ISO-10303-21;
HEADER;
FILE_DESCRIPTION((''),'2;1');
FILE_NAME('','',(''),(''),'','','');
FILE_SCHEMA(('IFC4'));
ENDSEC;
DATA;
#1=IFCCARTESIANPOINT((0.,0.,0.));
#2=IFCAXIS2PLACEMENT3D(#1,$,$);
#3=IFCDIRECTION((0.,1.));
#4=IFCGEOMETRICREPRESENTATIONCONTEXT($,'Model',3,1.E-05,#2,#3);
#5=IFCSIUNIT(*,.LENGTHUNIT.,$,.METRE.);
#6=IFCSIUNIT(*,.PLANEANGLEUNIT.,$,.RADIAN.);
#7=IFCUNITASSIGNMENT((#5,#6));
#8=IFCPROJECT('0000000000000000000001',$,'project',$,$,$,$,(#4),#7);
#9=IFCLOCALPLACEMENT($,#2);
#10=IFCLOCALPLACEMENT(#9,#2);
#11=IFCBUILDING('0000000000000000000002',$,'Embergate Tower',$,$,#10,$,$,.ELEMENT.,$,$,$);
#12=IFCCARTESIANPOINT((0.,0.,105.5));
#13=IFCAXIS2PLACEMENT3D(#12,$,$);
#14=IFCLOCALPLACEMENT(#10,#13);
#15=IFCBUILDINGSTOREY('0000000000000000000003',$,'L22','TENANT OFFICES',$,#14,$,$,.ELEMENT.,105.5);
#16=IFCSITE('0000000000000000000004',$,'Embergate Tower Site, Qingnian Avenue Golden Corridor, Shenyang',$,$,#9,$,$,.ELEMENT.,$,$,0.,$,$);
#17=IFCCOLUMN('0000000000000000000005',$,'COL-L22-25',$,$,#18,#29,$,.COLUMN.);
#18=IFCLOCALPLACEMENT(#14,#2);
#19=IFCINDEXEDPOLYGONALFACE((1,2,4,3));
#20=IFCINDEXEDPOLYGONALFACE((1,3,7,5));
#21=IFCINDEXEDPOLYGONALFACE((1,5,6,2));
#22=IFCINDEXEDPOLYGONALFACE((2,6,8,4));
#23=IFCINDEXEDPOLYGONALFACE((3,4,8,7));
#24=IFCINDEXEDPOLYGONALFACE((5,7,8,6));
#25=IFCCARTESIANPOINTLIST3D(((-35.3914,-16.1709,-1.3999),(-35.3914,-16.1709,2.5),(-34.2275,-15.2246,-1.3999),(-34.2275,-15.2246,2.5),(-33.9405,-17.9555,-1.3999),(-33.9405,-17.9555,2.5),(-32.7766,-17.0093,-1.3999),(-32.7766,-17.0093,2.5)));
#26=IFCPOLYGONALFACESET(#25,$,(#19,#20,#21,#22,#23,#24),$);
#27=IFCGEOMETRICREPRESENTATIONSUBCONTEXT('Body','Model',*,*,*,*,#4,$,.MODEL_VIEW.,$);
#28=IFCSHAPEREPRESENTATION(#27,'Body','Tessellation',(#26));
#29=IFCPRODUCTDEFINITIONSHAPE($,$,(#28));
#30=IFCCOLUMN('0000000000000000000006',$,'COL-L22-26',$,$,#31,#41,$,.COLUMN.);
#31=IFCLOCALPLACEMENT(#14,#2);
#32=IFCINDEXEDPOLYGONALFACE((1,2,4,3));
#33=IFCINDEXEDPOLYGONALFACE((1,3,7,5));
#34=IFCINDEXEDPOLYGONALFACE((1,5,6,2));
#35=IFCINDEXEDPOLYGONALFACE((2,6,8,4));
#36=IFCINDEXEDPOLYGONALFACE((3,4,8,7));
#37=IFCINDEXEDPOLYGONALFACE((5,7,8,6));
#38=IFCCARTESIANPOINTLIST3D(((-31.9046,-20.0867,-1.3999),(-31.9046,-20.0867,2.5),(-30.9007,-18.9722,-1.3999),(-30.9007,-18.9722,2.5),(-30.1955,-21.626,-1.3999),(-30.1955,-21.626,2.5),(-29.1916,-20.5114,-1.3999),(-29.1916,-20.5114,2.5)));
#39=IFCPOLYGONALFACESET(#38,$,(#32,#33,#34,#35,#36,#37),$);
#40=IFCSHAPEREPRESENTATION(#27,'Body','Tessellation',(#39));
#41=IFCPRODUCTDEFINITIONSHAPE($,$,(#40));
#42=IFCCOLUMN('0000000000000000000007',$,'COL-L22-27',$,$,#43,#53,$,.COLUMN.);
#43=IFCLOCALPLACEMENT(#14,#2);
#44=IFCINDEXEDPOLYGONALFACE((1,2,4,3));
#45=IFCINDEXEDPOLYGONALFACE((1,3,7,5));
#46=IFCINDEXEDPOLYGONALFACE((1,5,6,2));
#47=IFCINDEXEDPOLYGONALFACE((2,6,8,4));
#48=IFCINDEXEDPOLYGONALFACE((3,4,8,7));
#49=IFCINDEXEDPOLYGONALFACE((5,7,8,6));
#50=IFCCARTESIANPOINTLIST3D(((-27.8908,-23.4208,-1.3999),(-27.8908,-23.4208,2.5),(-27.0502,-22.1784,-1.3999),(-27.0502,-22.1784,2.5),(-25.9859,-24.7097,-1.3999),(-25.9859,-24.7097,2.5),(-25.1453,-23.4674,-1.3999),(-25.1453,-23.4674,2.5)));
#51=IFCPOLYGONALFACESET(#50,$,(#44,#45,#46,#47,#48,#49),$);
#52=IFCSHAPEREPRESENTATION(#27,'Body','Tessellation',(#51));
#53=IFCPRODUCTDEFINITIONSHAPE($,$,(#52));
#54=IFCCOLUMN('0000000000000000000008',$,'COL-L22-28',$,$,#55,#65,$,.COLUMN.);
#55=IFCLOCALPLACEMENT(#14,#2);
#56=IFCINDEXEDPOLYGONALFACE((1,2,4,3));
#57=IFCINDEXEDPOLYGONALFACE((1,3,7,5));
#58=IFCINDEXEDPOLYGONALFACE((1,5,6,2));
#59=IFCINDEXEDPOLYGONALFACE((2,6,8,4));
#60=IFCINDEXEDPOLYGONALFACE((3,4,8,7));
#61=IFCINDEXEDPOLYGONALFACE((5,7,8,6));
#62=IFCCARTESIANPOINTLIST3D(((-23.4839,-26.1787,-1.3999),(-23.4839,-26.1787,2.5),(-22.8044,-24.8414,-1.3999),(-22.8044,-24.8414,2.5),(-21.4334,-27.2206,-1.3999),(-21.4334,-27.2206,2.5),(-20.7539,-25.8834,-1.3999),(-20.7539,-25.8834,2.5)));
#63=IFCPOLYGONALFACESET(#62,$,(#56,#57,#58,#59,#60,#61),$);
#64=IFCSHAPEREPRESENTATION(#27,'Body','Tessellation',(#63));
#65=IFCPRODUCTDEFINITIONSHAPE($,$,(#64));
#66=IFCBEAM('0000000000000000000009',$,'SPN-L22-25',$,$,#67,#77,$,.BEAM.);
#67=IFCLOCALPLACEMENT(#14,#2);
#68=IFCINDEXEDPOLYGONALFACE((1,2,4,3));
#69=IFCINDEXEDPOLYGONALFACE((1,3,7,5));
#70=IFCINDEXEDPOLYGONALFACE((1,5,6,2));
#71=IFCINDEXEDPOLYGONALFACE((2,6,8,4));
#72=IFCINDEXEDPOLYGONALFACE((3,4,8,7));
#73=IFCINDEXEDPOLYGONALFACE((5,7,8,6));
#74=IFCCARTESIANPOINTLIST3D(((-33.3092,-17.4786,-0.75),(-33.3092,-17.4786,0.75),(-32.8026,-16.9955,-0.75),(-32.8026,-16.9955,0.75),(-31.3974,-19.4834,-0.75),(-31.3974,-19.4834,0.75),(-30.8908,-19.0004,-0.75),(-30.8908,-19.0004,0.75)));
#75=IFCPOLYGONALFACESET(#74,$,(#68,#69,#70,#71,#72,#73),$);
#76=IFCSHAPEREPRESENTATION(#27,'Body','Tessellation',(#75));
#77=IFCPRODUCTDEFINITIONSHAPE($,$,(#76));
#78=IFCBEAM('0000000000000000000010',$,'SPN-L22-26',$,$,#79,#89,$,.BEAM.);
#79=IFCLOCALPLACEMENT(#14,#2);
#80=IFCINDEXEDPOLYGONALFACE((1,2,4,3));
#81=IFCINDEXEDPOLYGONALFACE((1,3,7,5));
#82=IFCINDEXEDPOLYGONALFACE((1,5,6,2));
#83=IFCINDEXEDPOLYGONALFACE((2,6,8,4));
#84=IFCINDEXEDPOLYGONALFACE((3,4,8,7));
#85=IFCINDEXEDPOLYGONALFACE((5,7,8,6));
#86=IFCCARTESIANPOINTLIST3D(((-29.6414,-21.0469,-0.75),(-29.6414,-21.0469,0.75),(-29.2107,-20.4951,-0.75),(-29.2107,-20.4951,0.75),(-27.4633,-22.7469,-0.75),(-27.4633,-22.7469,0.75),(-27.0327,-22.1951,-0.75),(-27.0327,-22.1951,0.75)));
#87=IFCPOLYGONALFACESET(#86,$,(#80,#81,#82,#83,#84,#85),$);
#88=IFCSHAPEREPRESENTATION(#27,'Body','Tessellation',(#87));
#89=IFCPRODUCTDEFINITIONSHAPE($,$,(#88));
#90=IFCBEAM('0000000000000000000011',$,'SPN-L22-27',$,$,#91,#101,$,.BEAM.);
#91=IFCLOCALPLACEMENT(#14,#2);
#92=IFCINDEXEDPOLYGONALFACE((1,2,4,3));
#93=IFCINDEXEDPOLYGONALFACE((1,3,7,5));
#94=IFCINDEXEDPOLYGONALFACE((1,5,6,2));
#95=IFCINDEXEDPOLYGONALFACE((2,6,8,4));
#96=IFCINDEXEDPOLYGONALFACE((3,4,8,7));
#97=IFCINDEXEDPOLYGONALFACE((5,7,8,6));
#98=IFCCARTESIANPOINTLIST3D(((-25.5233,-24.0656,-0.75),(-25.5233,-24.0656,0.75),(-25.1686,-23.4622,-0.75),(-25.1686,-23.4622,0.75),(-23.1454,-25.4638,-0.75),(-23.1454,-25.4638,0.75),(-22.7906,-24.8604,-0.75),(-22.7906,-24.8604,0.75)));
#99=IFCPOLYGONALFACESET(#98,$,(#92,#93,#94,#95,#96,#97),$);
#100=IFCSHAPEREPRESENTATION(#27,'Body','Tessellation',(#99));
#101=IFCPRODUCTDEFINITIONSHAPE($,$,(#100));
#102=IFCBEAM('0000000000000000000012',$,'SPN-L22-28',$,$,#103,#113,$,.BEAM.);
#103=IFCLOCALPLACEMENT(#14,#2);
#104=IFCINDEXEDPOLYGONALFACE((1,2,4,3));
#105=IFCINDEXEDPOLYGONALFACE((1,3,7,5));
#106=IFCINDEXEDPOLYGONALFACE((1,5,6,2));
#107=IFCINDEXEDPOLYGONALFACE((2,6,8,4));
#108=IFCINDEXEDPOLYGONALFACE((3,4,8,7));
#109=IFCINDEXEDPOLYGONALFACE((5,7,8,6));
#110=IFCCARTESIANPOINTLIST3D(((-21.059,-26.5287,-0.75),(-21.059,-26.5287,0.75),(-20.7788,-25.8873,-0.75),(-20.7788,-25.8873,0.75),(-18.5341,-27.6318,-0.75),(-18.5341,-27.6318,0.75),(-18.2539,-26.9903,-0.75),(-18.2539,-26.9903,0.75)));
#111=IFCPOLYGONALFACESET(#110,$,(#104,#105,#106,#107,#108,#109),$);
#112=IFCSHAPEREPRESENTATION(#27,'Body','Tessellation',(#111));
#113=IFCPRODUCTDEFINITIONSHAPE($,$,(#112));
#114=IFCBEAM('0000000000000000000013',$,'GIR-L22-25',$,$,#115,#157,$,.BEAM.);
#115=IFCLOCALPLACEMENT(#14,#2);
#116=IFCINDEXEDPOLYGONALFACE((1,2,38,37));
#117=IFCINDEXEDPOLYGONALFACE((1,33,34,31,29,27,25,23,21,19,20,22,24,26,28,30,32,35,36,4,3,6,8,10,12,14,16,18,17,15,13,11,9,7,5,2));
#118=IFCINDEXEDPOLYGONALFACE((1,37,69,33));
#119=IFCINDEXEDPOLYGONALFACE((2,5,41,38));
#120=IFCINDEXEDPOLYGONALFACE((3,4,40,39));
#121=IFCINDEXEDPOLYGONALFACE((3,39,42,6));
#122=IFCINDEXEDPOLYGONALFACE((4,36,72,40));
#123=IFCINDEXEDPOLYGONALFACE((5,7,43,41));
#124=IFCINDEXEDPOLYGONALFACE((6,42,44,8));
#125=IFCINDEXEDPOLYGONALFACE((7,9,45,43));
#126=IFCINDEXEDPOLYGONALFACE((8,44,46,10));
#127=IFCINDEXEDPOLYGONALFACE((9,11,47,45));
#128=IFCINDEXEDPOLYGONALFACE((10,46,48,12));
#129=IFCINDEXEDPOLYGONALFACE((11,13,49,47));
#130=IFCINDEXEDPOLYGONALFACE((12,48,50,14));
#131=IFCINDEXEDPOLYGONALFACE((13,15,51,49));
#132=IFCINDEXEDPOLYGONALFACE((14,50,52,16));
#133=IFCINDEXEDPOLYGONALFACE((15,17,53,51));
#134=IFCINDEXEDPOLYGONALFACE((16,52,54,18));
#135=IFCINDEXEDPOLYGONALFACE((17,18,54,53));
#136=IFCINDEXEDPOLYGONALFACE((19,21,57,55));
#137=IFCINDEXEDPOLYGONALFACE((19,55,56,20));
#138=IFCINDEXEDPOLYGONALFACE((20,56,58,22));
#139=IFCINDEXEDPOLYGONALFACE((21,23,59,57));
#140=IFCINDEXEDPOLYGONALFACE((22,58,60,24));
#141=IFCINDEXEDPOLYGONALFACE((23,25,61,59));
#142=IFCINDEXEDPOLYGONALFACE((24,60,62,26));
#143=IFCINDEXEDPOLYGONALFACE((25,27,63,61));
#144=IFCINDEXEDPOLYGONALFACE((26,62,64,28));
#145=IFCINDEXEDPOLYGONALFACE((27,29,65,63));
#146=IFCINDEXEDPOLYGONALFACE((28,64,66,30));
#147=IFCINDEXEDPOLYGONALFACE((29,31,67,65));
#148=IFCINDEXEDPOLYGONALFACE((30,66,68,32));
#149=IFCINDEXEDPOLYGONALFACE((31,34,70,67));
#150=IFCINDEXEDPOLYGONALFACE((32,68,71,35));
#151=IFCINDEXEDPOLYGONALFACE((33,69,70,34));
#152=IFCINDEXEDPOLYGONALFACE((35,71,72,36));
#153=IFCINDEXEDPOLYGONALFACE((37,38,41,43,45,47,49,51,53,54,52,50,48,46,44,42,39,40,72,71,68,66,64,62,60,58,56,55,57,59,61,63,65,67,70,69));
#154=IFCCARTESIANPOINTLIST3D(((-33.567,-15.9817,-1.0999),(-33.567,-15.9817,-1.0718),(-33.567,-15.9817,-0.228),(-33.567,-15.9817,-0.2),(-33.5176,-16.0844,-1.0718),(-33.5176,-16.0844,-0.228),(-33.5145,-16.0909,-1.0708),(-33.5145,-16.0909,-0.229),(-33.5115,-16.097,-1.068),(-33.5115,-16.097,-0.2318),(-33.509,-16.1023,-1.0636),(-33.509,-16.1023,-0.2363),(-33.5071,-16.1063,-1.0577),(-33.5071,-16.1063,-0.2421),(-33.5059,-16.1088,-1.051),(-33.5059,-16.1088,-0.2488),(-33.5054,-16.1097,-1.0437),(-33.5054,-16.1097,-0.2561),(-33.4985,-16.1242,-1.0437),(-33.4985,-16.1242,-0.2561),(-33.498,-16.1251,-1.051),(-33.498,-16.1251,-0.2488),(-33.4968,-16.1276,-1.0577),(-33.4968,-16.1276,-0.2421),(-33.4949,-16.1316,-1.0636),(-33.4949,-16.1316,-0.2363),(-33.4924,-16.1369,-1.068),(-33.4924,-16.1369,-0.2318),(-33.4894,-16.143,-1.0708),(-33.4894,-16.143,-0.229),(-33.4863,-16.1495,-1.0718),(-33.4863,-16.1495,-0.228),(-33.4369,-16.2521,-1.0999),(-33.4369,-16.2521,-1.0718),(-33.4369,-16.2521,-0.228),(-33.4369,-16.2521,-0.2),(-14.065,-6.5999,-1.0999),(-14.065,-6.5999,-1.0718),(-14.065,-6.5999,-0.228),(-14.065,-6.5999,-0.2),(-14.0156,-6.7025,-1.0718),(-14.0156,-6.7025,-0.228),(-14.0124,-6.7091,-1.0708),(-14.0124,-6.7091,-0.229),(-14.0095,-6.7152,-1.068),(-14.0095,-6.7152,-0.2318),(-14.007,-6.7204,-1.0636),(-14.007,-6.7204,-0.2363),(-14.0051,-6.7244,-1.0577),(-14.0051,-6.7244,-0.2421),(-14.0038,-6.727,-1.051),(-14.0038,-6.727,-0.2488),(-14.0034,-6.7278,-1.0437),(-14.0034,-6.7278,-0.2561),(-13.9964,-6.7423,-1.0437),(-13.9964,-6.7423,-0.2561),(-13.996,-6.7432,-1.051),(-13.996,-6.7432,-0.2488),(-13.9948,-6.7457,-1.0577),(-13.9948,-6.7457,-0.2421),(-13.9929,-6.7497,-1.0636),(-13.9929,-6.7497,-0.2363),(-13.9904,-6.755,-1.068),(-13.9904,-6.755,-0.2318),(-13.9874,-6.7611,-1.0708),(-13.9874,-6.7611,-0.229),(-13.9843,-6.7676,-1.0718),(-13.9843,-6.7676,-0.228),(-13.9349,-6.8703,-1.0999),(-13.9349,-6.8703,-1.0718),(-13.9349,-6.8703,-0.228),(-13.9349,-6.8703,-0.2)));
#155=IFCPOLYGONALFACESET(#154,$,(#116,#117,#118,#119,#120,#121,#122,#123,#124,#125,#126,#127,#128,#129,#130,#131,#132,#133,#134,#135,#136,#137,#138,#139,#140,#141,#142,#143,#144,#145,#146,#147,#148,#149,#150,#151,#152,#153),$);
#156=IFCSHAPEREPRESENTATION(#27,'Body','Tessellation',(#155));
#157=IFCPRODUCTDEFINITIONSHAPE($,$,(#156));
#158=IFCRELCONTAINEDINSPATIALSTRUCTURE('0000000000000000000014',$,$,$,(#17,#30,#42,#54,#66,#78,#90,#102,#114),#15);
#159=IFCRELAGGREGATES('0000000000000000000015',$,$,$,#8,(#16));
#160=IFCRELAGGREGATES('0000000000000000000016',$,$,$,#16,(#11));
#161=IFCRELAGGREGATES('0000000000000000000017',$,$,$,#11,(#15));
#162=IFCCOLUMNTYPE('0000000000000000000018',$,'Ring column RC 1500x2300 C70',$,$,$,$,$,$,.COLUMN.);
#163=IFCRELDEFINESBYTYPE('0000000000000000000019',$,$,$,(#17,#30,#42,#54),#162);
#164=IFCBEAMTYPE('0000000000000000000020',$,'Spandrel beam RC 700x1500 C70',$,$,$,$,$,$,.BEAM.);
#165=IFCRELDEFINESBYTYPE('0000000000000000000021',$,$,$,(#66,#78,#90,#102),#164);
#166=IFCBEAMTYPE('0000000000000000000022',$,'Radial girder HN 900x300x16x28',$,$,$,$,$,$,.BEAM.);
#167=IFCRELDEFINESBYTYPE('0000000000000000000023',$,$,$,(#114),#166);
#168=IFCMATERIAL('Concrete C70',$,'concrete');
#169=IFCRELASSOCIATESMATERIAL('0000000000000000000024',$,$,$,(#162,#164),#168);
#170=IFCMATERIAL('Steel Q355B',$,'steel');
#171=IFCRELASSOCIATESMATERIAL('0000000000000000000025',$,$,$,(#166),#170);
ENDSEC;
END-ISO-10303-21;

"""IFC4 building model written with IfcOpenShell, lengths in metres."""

from ifc_helpers import new_model, si_unit, direction, frame, origin, origin_2d, place, context, subcontext, project, spatial, rectangle, i_section, extrude, source, transform, mapped, material, material_profile, profile_set, type_object, element, save


model = new_model("IFC4")

# Units and contexts
model_context = context("Model", 3, precision=1e-05, world=origin(), true_north=direction((0.0, 1.0)))
body_context = subcontext(model_context, "Body", "Model", "MODEL_VIEW")
ifc_project = project(units=[si_unit("LENGTHUNIT", "METRE"), si_unit("PLANEANGLEUNIT", "RADIAN")], contexts=[model_context])

# Site, building, storey
site_placement = place(None, origin())
site = spatial("IfcSite", under=ifc_project, at=site_placement, Name="Embergate Tower Site, Qingnian Avenue Golden Corridor, Shenyang", CompositionType="ELEMENT", RefElevation=0.0)
building_placement = place(site_placement, origin())
building = spatial("IfcBuilding", under=site, at=building_placement, Name="Embergate Tower", CompositionType="ELEMENT")
storey_placement = place(building_placement, frame((0.0, 0.0, 105.5)))
storey = spatial("IfcBuildingStorey", under=building, at=storey_placement, Name="L22", Description="TENANT OFFICES", CompositionType="ELEMENT", Elevation=105.5)

# Columns
ifc_material_1 = material(Name="Concrete C70", Category="concrete")
ifc_material_profile_1 = material_profile(ifc_material_1, rectangle(XDim=1.5, YDim=2.3, at=origin_2d()), Name="RC 1500x2300")
ifc_profile_set_1 = profile_set([ifc_material_profile_1], Name="Concrete C70")
column_type = type_object("IfcColumnType", Name="Ring column RC 1500x2300 C70", PredefinedType="COLUMN", material=ifc_profile_set_1)
shared_shape_1 = source(origin(), body_context, "Body", "SweptSolid", [
    extrude(rectangle(XDim=1.5, YDim=2.3, at=origin_2d()), origin(), (0.0, 0.0, 1.0), 3.8999),
])
for number, where, z_axis, x_axis, name in (
    (1, (-34.084, -16.5901, -1.3999), (0.0, 0.0, 1.0), (-0.775925, -0.630825, 0.0), "COL-L22-25"),
    (2, (-30.5481, -20.2991, -1.3999), (0.0, 0.0, 1.0), (-0.669221, -0.743063, 0.0), "COL-L22-26"),
    (3, (-26.5181, -23.4441, -1.3999), (0.0, 0.0, 1.0), (-0.560408, -0.828217, 0.0), "COL-L22-27"),
    (4, (-22.1189, -26.031, -1.3999), (0.0, 0.0, 1.0), (-0.453011, -0.891505, 0.0), "COL-L22-28"),
):
    element("IfcColumn", number, at=place(storey_placement, frame(where, z_axis=z_axis, x_axis=x_axis)), inside=storey, type_object=column_type, Name=name, PredefinedType="COLUMN", context=body_context, shape_type="MappedRepresentation", body=[
        mapped(shared_shape_1, transform((0.0, 0.0, 0.0))),
    ])

# Beams
ifc_material_profile_2 = material_profile(ifc_material_1, rectangle(XDim=0.7, YDim=1.5, at=origin_2d()), Name="RC 700x1500")
ifc_profile_set_2 = profile_set([ifc_material_profile_2], Name="Concrete C70")
beam_type_1 = type_object("IfcBeamType", Name="Spandrel beam RC 700x1500 C70", PredefinedType="BEAM", material=ifc_profile_set_2)
shared_shape_2 = source(origin(), body_context, "Body", "SweptSolid", [
    extrude(rectangle(XDim=0.7, YDim=1.5, at=origin_2d()), origin(), (0.0, 0.0, 1.0), 2.7703),
])
beam_1_placement = place(storey_placement, frame((-33.0559, -17.2371, 0.0), z_axis=(0.690119, -0.723696, 0.0), x_axis=(0.723696, 0.690119, 0.0)))
element("IfcBeam", 5, at=beam_1_placement, inside=storey, type_object=beam_type_1, Name="SPN-L22-25", PredefinedType="BEAM", context=body_context, shape_type="MappedRepresentation", body=[
    mapped(shared_shape_2, transform((0.0, 0.0, 0.0))),
])
shared_shape_3 = source(origin(), body_context, "Body", "SweptSolid", [
    extrude(rectangle(XDim=0.7, YDim=1.5, at=origin_2d()), origin(), (0.0, 0.0, 1.0), 2.7629),
])
beam_2_placement = place(storey_placement, frame((-29.426, -20.771, 0.0), z_axis=(0.788304, -0.615286, 0.0), x_axis=(0.615286, 0.788304, 0.0)))
element("IfcBeam", 6, at=beam_2_placement, inside=storey, type_object=beam_type_1, Name="SPN-L22-26", PredefinedType="BEAM", context=body_context, shape_type="MappedRepresentation", body=[
    mapped(shared_shape_3, transform((0.0, 0.0, 0.0))),
])
shared_shape_4 = source(origin(), body_context, "Body", "SweptSolid", [
    extrude(rectangle(XDim=0.7, YDim=1.5, at=origin_2d()), origin(), (0.0, 0.0, 1.0), 2.7585),
])
beam_3_placement = place(storey_placement, frame((-25.3459, -23.7639, 0.0), z_axis=(0.862027, -0.506862, 0.0), x_axis=(0.506862, 0.862027, 0.0)))
element("IfcBeam", 7, at=beam_3_placement, inside=storey, type_object=beam_type_1, Name="SPN-L22-27", PredefinedType="BEAM", context=body_context, shape_type="MappedRepresentation", body=[
    mapped(shared_shape_4, transform((0.0, 0.0, 0.0))),
])
shared_shape_5 = source(origin(), body_context, "Body", "SweptSolid", [
    extrude(rectangle(XDim=0.7, YDim=1.5, at=origin_2d()), origin(), (0.0, 0.0, 1.0), 2.7554),
])
beam_4_placement = place(storey_placement, frame((-20.9189, -26.208, 0.0), z_axis=(0.916373, -0.400326, 0.0), x_axis=(0.400326, 0.916373, 0.0)))
element("IfcBeam", 8, at=beam_4_placement, inside=storey, type_object=beam_type_1, Name="SPN-L22-28", PredefinedType="BEAM", context=body_context, shape_type="MappedRepresentation", body=[
    mapped(shared_shape_5, transform((0.0, 0.0, 0.0))),
])
ifc_material_2 = material(Name="Steel Q355B", Category="steel")
ifc_material_profile_3 = material_profile(ifc_material_2, i_section(OverallWidth=0.3, OverallDepth=0.8999, WebThickness=0.0161, FlangeThickness=0.0281, FilletRadius=0.0281, at=origin_2d()), Name="HN 900x300x16x28")
ifc_profile_set_3 = profile_set([ifc_material_profile_3], Name="Steel Q355 grade B")
beam_type_2 = type_object("IfcBeamType", Name="Radial girder HN 900x300x16x28", PredefinedType="BEAM", material=ifc_profile_set_3)
shared_shape_6 = source(origin(), body_context, "Body", "SweptSolid", [
    extrude(i_section(OverallWidth=0.3, OverallDepth=0.8999, WebThickness=0.0161, FlangeThickness=0.0281, FilletRadius=0.0281, at=origin_2d()), origin(), (0.0, 0.0, 1.0), 21.6414),
])
beam_5_placement = place(storey_placement, frame((-33.502, -16.1169, -0.6499), z_axis=(0.901146, 0.433516, 0.0), x_axis=(-0.433516, 0.901146, 0.0)))
element("IfcBeam", 9, at=beam_5_placement, inside=storey, type_object=beam_type_2, Name="GIR-L22-25", PredefinedType="BEAM", context=body_context, shape_type="MappedRepresentation", body=[
    mapped(shared_shape_6, transform((0.0, 0.0, 0.0))),
])

save(model, "model.ifc")
